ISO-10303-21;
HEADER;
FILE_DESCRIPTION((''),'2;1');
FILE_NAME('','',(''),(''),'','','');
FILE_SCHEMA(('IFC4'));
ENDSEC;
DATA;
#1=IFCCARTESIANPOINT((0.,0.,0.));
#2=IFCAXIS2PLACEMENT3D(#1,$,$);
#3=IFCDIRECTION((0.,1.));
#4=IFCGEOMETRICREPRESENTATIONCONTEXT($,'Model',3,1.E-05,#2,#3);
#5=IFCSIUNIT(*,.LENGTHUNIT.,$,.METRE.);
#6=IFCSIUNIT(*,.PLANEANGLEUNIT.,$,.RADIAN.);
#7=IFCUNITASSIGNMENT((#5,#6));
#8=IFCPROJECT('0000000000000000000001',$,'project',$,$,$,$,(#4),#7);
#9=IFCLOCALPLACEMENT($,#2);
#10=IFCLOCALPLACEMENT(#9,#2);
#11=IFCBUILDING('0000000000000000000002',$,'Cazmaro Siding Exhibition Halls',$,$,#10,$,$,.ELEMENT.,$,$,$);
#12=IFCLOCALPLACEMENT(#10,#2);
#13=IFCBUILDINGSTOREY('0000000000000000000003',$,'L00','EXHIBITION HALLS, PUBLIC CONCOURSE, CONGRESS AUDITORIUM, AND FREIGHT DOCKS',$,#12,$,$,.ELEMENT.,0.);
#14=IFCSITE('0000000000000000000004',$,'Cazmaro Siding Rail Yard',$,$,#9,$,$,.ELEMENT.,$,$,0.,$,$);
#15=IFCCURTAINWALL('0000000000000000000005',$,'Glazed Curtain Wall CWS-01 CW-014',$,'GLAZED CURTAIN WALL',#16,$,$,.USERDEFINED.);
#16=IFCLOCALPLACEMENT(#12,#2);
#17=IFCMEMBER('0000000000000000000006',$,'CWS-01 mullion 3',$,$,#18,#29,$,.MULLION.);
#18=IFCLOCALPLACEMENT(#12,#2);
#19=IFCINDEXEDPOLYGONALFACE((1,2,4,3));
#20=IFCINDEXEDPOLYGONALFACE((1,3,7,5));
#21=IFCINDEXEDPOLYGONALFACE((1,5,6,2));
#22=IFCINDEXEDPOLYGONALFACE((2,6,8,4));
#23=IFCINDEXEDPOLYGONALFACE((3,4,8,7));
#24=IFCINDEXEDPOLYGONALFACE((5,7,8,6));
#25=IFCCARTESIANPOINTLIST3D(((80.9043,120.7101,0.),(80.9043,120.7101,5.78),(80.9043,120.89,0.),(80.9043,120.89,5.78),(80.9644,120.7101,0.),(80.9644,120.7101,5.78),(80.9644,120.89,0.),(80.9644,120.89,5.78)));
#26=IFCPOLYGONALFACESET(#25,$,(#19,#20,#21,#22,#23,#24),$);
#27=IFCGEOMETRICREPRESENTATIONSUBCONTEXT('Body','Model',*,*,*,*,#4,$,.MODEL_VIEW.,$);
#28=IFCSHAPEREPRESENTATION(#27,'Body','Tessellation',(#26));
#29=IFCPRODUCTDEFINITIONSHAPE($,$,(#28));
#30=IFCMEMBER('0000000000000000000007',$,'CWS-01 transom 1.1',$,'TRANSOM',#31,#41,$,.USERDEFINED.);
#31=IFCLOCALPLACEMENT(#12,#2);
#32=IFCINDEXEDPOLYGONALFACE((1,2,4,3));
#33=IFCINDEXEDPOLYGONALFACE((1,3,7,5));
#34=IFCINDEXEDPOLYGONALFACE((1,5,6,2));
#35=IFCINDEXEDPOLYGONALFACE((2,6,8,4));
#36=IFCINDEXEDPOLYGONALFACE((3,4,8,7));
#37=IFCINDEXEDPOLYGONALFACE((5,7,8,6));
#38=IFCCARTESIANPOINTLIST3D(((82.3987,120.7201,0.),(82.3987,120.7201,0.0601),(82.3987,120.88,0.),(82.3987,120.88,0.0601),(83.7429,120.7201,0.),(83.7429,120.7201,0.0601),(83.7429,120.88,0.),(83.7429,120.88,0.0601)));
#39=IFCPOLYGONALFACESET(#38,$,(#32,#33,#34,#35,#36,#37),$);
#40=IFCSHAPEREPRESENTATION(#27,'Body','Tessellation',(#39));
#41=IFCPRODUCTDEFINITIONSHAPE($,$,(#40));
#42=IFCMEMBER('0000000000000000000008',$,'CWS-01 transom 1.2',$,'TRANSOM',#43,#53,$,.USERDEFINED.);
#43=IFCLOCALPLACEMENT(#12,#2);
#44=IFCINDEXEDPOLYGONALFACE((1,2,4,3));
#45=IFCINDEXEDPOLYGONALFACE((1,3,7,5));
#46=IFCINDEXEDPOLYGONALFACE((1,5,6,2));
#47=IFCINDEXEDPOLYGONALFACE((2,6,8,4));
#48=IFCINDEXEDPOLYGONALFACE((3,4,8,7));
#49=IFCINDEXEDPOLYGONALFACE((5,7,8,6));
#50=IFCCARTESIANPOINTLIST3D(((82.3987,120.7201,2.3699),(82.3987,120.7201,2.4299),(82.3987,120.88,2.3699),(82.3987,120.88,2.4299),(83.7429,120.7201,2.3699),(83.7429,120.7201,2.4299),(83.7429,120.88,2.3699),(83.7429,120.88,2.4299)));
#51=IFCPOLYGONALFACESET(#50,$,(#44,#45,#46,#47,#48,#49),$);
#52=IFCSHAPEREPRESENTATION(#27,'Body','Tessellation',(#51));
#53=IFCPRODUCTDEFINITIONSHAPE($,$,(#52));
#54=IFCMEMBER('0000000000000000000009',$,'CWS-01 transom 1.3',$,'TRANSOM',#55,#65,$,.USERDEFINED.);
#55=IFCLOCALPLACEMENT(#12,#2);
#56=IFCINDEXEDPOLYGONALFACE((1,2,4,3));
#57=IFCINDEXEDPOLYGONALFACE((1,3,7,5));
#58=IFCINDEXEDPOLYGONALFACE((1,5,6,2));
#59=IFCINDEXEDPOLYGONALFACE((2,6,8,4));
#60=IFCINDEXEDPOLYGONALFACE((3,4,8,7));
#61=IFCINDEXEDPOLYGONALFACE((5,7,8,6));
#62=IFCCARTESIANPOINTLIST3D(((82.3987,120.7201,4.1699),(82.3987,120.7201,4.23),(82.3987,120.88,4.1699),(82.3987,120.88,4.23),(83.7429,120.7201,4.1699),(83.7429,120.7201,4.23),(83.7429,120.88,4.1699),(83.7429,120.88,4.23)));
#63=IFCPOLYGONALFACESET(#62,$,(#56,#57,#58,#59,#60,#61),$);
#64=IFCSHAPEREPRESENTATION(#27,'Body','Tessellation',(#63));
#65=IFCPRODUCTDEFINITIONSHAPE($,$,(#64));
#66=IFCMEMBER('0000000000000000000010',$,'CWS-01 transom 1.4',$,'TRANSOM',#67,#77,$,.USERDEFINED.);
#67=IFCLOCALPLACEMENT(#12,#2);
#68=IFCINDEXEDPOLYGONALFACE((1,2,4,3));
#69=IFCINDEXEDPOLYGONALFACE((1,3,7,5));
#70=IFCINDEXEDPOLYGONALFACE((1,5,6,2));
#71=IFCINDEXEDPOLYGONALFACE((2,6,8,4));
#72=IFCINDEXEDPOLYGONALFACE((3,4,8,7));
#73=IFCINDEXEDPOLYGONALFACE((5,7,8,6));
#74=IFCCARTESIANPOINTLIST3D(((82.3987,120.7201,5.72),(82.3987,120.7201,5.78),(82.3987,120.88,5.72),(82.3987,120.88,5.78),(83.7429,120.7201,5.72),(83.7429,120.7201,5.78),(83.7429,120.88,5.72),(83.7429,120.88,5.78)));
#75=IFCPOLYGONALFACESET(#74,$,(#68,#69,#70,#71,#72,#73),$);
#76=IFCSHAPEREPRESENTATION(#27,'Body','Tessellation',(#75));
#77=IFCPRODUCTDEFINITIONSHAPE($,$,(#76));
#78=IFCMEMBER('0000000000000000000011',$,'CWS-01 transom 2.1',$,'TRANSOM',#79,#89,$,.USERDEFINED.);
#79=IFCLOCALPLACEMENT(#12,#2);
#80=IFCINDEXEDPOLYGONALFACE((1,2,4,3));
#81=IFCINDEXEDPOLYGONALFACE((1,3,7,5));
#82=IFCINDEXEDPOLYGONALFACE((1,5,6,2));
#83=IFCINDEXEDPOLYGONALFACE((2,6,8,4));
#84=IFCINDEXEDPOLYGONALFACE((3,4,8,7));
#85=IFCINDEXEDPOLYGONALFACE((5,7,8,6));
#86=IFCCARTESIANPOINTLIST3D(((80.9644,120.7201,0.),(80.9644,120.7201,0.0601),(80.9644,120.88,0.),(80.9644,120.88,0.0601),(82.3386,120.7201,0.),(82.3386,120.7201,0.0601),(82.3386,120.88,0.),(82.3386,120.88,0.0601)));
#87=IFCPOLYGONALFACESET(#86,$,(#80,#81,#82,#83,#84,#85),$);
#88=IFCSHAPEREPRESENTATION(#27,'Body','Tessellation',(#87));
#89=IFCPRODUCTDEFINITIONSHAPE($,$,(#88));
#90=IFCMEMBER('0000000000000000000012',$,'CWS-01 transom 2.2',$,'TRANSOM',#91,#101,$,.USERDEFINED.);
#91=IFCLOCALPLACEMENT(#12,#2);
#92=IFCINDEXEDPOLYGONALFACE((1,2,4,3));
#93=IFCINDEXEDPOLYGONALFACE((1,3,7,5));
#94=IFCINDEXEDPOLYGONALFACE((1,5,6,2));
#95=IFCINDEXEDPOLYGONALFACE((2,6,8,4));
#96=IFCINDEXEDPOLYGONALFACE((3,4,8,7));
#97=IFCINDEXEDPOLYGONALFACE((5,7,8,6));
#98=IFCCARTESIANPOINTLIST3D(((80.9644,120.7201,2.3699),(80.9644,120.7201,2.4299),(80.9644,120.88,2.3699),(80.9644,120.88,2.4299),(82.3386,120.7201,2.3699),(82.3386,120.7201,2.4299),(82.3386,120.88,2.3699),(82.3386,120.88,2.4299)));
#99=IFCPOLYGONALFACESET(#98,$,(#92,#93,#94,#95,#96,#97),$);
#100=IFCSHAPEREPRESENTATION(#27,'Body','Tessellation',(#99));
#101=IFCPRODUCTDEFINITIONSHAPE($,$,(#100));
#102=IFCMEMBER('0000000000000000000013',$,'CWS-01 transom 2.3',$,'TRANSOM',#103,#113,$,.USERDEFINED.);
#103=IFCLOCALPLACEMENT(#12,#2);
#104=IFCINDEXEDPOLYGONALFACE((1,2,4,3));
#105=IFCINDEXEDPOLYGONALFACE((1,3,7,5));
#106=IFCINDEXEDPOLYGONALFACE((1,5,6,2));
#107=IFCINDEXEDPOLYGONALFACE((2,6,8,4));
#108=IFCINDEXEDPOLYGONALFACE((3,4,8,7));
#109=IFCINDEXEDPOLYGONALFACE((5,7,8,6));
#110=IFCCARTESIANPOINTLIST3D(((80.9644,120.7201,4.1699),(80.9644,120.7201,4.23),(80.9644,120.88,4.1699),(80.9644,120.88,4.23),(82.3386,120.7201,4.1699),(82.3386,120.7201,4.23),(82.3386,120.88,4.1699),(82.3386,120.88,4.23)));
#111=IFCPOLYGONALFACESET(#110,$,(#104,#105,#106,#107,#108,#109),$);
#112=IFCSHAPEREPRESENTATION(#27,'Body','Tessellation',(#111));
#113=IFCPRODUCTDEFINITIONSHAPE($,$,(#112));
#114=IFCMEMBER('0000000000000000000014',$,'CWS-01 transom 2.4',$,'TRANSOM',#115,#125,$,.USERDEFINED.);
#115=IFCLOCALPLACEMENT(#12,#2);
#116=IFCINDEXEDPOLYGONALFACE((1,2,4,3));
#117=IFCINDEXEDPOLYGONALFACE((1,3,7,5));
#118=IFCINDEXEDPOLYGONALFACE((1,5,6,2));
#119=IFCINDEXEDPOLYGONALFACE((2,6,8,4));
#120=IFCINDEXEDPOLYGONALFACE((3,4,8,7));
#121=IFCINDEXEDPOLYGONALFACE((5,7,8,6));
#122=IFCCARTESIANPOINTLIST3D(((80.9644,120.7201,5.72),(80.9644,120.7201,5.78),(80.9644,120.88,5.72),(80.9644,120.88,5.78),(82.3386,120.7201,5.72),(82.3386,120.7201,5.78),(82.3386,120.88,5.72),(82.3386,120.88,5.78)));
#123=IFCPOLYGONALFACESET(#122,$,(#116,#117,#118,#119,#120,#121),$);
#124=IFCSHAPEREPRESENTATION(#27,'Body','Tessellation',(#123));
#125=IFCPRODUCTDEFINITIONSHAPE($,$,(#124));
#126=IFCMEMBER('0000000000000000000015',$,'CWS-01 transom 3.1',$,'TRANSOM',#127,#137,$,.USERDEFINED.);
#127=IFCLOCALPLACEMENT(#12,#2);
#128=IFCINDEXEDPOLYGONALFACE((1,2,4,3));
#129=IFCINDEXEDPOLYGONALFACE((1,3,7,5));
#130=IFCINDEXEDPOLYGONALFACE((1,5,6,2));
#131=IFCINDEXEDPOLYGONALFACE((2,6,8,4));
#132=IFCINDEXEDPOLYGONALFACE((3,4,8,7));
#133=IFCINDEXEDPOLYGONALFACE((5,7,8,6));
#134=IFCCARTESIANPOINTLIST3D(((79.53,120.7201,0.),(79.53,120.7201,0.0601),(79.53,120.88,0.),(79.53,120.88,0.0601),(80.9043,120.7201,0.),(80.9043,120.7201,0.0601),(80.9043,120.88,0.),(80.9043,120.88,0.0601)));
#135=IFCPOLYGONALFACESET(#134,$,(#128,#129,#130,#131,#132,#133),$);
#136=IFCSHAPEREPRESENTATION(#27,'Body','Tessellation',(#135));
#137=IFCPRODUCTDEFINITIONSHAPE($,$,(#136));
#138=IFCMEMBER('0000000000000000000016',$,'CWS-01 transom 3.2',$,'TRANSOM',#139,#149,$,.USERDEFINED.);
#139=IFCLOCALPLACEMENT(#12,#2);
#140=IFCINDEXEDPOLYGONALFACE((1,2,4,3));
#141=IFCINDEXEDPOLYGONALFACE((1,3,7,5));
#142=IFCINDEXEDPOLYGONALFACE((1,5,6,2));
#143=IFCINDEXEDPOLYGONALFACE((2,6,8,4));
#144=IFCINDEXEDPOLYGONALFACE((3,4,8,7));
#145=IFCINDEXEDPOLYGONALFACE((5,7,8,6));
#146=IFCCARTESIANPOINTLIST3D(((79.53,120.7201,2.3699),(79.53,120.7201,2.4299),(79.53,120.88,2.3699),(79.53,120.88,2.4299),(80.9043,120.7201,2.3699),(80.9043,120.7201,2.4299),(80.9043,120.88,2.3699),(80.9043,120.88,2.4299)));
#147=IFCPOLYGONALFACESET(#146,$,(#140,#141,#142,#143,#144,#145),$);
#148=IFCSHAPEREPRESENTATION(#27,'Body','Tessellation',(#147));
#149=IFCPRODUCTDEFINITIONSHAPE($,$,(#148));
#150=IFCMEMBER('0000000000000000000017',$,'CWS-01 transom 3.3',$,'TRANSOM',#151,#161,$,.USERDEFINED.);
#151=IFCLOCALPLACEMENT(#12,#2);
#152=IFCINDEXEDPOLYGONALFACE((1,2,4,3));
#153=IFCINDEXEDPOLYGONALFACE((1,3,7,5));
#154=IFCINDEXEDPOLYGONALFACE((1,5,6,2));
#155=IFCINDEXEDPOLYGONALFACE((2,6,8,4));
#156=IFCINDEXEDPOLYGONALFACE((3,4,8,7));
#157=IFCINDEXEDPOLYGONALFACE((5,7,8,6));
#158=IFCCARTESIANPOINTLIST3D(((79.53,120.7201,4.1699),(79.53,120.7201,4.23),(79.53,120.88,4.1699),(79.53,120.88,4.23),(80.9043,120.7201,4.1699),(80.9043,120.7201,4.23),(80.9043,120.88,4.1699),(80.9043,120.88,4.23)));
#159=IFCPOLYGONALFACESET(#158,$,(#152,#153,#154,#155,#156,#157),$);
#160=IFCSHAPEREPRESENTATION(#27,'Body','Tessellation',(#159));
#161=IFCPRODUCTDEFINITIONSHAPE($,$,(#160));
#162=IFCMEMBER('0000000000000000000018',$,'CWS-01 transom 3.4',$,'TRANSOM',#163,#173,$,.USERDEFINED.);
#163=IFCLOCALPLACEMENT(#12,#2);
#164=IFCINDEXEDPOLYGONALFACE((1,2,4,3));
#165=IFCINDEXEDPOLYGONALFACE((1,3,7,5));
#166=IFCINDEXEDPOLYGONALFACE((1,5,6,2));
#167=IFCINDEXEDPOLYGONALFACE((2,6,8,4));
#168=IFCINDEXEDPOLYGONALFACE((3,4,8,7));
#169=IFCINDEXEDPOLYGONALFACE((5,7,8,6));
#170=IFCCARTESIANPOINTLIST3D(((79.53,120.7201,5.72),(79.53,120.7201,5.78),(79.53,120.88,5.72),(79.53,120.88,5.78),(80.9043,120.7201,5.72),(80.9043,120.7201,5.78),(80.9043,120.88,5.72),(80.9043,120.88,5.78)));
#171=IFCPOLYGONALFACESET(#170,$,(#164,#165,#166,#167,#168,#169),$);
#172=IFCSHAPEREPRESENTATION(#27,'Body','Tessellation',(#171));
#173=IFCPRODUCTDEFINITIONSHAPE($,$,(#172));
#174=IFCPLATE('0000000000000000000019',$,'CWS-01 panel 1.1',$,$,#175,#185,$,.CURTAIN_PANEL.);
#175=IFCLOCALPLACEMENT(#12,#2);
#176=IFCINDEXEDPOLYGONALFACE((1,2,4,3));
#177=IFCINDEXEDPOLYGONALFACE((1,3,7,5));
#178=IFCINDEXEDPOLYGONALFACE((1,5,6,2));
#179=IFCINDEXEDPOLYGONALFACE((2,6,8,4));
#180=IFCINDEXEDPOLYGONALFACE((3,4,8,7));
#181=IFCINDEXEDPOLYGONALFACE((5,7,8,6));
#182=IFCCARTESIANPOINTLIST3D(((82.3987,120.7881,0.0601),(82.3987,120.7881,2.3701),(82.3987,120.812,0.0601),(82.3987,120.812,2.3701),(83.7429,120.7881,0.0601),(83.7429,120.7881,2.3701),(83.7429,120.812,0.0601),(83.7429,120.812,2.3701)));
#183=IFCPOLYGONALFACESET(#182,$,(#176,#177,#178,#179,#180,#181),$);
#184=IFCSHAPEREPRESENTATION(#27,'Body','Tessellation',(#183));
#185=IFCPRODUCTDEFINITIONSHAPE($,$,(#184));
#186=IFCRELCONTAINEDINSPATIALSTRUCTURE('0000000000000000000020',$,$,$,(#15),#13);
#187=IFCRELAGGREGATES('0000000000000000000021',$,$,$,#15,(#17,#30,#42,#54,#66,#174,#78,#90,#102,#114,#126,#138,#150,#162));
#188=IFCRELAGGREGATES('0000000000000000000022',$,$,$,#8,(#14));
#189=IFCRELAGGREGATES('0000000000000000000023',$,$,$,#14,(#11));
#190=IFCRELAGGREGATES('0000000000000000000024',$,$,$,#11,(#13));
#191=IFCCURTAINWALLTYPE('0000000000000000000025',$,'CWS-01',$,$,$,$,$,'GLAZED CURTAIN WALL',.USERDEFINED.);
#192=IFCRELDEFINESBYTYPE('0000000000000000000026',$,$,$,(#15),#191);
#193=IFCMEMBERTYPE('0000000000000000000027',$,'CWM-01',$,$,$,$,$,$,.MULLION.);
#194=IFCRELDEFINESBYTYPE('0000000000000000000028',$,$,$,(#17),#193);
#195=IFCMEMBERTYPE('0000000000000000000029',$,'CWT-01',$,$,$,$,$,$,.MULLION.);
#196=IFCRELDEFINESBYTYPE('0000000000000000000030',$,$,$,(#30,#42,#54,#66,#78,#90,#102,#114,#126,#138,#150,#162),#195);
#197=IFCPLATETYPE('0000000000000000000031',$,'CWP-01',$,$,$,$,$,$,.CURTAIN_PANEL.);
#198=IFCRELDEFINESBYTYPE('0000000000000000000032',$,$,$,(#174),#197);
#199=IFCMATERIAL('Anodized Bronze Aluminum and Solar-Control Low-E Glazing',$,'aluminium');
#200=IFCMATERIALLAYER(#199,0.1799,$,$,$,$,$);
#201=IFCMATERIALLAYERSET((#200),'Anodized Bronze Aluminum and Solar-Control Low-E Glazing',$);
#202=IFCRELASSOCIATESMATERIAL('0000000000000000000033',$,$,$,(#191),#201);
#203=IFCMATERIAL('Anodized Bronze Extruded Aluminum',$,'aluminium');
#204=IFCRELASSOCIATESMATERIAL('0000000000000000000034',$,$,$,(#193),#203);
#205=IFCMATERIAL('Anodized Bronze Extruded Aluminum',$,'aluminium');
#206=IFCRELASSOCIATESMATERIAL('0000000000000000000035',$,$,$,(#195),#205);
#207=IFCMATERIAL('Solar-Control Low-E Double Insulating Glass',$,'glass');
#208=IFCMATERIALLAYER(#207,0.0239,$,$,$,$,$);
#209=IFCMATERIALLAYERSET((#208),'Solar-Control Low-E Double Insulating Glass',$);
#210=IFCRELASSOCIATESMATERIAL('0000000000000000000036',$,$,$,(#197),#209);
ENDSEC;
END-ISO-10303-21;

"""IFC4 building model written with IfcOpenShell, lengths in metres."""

from ifc_helpers import new_model, si_unit, direction, frame, origin, origin_2d, place, context, subcontext, project, spatial, rectangle, extrude, material, layer, layer_set, material_profile, profile_set, type_object, element, aggregate, save


model = new_model("IFC4")

# Units and contexts
model_context = context("Model", 3, precision=1e-05, world=origin(), true_north=direction((0.0, 1.0)))
body_context = subcontext(model_context, "Body", "Model", "MODEL_VIEW")
ifc_project = project(units=[si_unit("LENGTHUNIT", "METRE"), si_unit("PLANEANGLEUNIT", "RADIAN")], contexts=[model_context])

# Site, building, storey
site_placement = place(None, origin())
site = spatial("IfcSite", under=ifc_project, at=site_placement, Name="Cazmaro Siding Rail Yard", CompositionType="ELEMENT", RefElevation=0.0)
building_placement = place(site_placement, origin())
building = spatial("IfcBuilding", under=site, at=building_placement, Name="Cazmaro Siding Exhibition Halls", CompositionType="ELEMENT")
storey_placement = place(building_placement, origin())
storey = spatial("IfcBuildingStorey", under=building, at=storey_placement, Name="L00", Description="EXHIBITION HALLS, PUBLIC CONCOURSE, CONGRESS AUDITORIUM, AND FREIGHT DOCKS", CompositionType="ELEMENT", Elevation=0.0)

# Curtain wall, members, plate
ifc_material_1 = material(Name="Anodized Bronze Aluminum and Solar-Control Low-E Glazing", Category="aluminium")
ifc_layer_1 = layer(ifc_material_1, 0.1799)
ifc_layer_set_1 = layer_set([ifc_layer_1], Name="Anodized Bronze Aluminum and Solar-Control Low-E Glazing")
curtain_wall_type = type_object("IfcCurtainWallType", Name="CWS-01", ElementType="GLAZED CURTAIN WALL", PredefinedType="USERDEFINED", material=ifc_layer_set_1)
curtain_wall_placement = place(storey_placement, origin())
curtain_wall = element("IfcCurtainWall", 1, at=curtain_wall_placement, inside=storey, type_object=curtain_wall_type, Name="Glazed Curtain Wall CWS-01 CW-014", ObjectType="GLAZED CURTAIN WALL", PredefinedType="USERDEFINED")
ifc_material_2 = material(Name="Anodized Bronze Extruded Aluminum", Category="aluminium")
ifc_material_profile_1 = material_profile(ifc_material_2, rectangle(XDim=0.1799, YDim=0.0601, at=origin_2d()), Name="CWM-01")
ifc_profile_set_1 = profile_set([ifc_material_profile_1], Name="Anodized Bronze Extruded Aluminum")
member_type_1 = type_object("IfcMemberType", Name="CWM-01", PredefinedType="MULLION", material=ifc_profile_set_1)
member_1_placement = place(storey_placement, frame((80.9343, 120.8, 0.0), z_axis=(0.0, 0.0, 1.0), x_axis=(0.0, -1.0, 0.0)))
member_1 = element("IfcMember", 2, at=member_1_placement, type_object=member_type_1, Name="CWS-01 mullion 3", PredefinedType="MULLION", context=body_context, shape_type="SweptSolid", body=[
    extrude(rectangle(XDim=0.1799, YDim=0.0601, at=origin_2d()), origin(), (0.0, 0.0, 1.0), 5.78),
])
ifc_material_3 = material(Name="Anodized Bronze Extruded Aluminum", Category="aluminium")
ifc_material_profile_2 = material_profile(ifc_material_3, rectangle(XDim=0.1599, YDim=0.0601, at=origin_2d()), Name="CWT-01")
ifc_profile_set_2 = profile_set([ifc_material_profile_2], Name="Anodized Bronze Extruded Aluminum")
member_type_2 = type_object("IfcMemberType", Name="CWT-01", PredefinedType="MULLION", material=ifc_profile_set_2)
member_2_placement = place(storey_placement, frame((83.7429, 120.8, 0.03), z_axis=(-1.0, 0.0, 0.0), x_axis=(0.0, -1.0, 0.0)))
member_2 = element("IfcMember", 3, at=member_2_placement, type_object=member_type_2, Name="CWS-01 transom 1.1", ObjectType="TRANSOM", PredefinedType="USERDEFINED", context=body_context, shape_type="SweptSolid", body=[
    extrude(rectangle(XDim=0.1599, YDim=0.0601, at=origin_2d()), origin(), (0.0, 0.0, 1.0), 1.3442),
])
member_3_placement = place(storey_placement, frame((83.7429, 120.8, 2.3999), z_axis=(-1.0, 0.0, 0.0), x_axis=(0.0, -1.0, 0.0)))
member_3 = element("IfcMember", 4, at=member_3_placement, type_object=member_type_2, Name="CWS-01 transom 1.2", ObjectType="TRANSOM", PredefinedType="USERDEFINED", context=body_context, shape_type="SweptSolid", body=[
    extrude(rectangle(XDim=0.1599, YDim=0.0601, at=origin_2d()), origin(), (0.0, 0.0, 1.0), 1.3442),
])
member_4_placement = place(storey_placement, frame((83.7429, 120.8, 4.2), z_axis=(-1.0, 0.0, 0.0), x_axis=(0.0, -1.0, 0.0)))
member_4 = element("IfcMember", 5, at=member_4_placement, type_object=member_type_2, Name="CWS-01 transom 1.3", ObjectType="TRANSOM", PredefinedType="USERDEFINED", context=body_context, shape_type="SweptSolid", body=[
    extrude(rectangle(XDim=0.1599, YDim=0.0601, at=origin_2d()), origin(), (0.0, 0.0, 1.0), 1.3442),
])
member_5_placement = place(storey_placement, frame((83.7429, 120.8, 5.75), z_axis=(-1.0, 0.0, 0.0), x_axis=(0.0, -1.0, 0.0)))
member_5 = element("IfcMember", 6, at=member_5_placement, type_object=member_type_2, Name="CWS-01 transom 1.4", ObjectType="TRANSOM", PredefinedType="USERDEFINED", context=body_context, shape_type="SweptSolid", body=[
    extrude(rectangle(XDim=0.1599, YDim=0.0601, at=origin_2d()), origin(), (0.0, 0.0, 1.0), 1.3442),
])
member_6_placement = place(storey_placement, frame((82.3386, 120.8, 0.03), z_axis=(-1.0, 0.0, 0.0), x_axis=(0.0, -1.0, 0.0)))
member_6 = element("IfcMember", 7, at=member_6_placement, type_object=member_type_2, Name="CWS-01 transom 2.1", ObjectType="TRANSOM", PredefinedType="USERDEFINED", context=body_context, shape_type="SweptSolid", body=[
    extrude(rectangle(XDim=0.1599, YDim=0.0601, at=origin_2d()), origin(), (0.0, 0.0, 1.0), 1.3743),
])
member_7_placement = place(storey_placement, frame((82.3386, 120.8, 2.3999), z_axis=(-1.0, 0.0, 0.0), x_axis=(0.0, -1.0, 0.0)))
member_7 = element("IfcMember", 8, at=member_7_placement, type_object=member_type_2, Name="CWS-01 transom 2.2", ObjectType="TRANSOM", PredefinedType="USERDEFINED", context=body_context, shape_type="SweptSolid", body=[
    extrude(rectangle(XDim=0.1599, YDim=0.0601, at=origin_2d()), origin(), (0.0, 0.0, 1.0), 1.3743),
])
member_8_placement = place(storey_placement, frame((82.3386, 120.8, 4.2), z_axis=(-1.0, 0.0, 0.0), x_axis=(0.0, -1.0, 0.0)))
member_8 = element("IfcMember", 9, at=member_8_placement, type_object=member_type_2, Name="CWS-01 transom 2.3", ObjectType="TRANSOM", PredefinedType="USERDEFINED", context=body_context, shape_type="SweptSolid", body=[
    extrude(rectangle(XDim=0.1599, YDim=0.0601, at=origin_2d()), origin(), (0.0, 0.0, 1.0), 1.3743),
])
member_9_placement = place(storey_placement, frame((82.3386, 120.8, 5.75), z_axis=(-1.0, 0.0, 0.0), x_axis=(0.0, -1.0, 0.0)))
member_9 = element("IfcMember", 10, at=member_9_placement, type_object=member_type_2, Name="CWS-01 transom 2.4", ObjectType="TRANSOM", PredefinedType="USERDEFINED", context=body_context, shape_type="SweptSolid", body=[
    extrude(rectangle(XDim=0.1599, YDim=0.0601, at=origin_2d()), origin(), (0.0, 0.0, 1.0), 1.3743),
])
member_10_placement = place(storey_placement, frame((80.9043, 120.8, 0.03), z_axis=(-1.0, 0.0, 0.0), x_axis=(0.0, -1.0, 0.0)))
member_10 = element("IfcMember", 11, at=member_10_placement, type_object=member_type_2, Name="CWS-01 transom 3.1", ObjectType="TRANSOM", PredefinedType="USERDEFINED", context=body_context, shape_type="SweptSolid", body=[
    extrude(rectangle(XDim=0.1599, YDim=0.0601, at=origin_2d()), origin(), (0.0, 0.0, 1.0), 1.3743),
])
member_11_placement = place(storey_placement, frame((80.9043, 120.8, 2.3999), z_axis=(-1.0, 0.0, 0.0), x_axis=(0.0, -1.0, 0.0)))
member_11 = element("IfcMember", 12, at=member_11_placement, type_object=member_type_2, Name="CWS-01 transom 3.2", ObjectType="TRANSOM", PredefinedType="USERDEFINED", context=body_context, shape_type="SweptSolid", body=[
    extrude(rectangle(XDim=0.1599, YDim=0.0601, at=origin_2d()), origin(), (0.0, 0.0, 1.0), 1.3743),
])
member_12_placement = place(storey_placement, frame((80.9043, 120.8, 4.2), z_axis=(-1.0, 0.0, 0.0), x_axis=(0.0, -1.0, 0.0)))
member_12 = element("IfcMember", 13, at=member_12_placement, type_object=member_type_2, Name="CWS-01 transom 3.3", ObjectType="TRANSOM", PredefinedType="USERDEFINED", context=body_context, shape_type="SweptSolid", body=[
    extrude(rectangle(XDim=0.1599, YDim=0.0601, at=origin_2d()), origin(), (0.0, 0.0, 1.0), 1.3743),
])
member_13_placement = place(storey_placement, frame((80.9043, 120.8, 5.75), z_axis=(-1.0, 0.0, 0.0), x_axis=(0.0, -1.0, 0.0)))
member_13 = element("IfcMember", 14, at=member_13_placement, type_object=member_type_2, Name="CWS-01 transom 3.4", ObjectType="TRANSOM", PredefinedType="USERDEFINED", context=body_context, shape_type="SweptSolid", body=[
    extrude(rectangle(XDim=0.1599, YDim=0.0601, at=origin_2d()), origin(), (0.0, 0.0, 1.0), 1.3743),
])
ifc_material_4 = material(Name="Solar-Control Low-E Double Insulating Glass", Category="glass")
ifc_layer_2 = layer(ifc_material_4, 0.0239)
ifc_layer_set_2 = layer_set([ifc_layer_2], Name="Solar-Control Low-E Double Insulating Glass")
plate_type = type_object("IfcPlateType", Name="CWP-01", PredefinedType="CURTAIN_PANEL", material=ifc_layer_set_2)
plate_1_placement = place(storey_placement, frame((83.0708, 120.8, 0.0601), z_axis=(0.0, 0.0, 1.0), x_axis=(-1.0, 0.0, 0.0)))
plate_1 = element("IfcPlate", 15, at=plate_1_placement, type_object=plate_type, Name="CWS-01 panel 1.1", PredefinedType="CURTAIN_PANEL", context=body_context, shape_type="SweptSolid", body=[
    extrude(rectangle(XDim=1.3442, YDim=0.0239, at=origin_2d()), origin(), (0.0, 0.0, 1.0), 2.3101),
])
aggregate(curtain_wall, [member_1, member_2, member_3, member_4, member_5, plate_1, member_6, member_7, member_8, member_9, member_10, member_11, member_12, member_13])

save(model, "model.ifc")
